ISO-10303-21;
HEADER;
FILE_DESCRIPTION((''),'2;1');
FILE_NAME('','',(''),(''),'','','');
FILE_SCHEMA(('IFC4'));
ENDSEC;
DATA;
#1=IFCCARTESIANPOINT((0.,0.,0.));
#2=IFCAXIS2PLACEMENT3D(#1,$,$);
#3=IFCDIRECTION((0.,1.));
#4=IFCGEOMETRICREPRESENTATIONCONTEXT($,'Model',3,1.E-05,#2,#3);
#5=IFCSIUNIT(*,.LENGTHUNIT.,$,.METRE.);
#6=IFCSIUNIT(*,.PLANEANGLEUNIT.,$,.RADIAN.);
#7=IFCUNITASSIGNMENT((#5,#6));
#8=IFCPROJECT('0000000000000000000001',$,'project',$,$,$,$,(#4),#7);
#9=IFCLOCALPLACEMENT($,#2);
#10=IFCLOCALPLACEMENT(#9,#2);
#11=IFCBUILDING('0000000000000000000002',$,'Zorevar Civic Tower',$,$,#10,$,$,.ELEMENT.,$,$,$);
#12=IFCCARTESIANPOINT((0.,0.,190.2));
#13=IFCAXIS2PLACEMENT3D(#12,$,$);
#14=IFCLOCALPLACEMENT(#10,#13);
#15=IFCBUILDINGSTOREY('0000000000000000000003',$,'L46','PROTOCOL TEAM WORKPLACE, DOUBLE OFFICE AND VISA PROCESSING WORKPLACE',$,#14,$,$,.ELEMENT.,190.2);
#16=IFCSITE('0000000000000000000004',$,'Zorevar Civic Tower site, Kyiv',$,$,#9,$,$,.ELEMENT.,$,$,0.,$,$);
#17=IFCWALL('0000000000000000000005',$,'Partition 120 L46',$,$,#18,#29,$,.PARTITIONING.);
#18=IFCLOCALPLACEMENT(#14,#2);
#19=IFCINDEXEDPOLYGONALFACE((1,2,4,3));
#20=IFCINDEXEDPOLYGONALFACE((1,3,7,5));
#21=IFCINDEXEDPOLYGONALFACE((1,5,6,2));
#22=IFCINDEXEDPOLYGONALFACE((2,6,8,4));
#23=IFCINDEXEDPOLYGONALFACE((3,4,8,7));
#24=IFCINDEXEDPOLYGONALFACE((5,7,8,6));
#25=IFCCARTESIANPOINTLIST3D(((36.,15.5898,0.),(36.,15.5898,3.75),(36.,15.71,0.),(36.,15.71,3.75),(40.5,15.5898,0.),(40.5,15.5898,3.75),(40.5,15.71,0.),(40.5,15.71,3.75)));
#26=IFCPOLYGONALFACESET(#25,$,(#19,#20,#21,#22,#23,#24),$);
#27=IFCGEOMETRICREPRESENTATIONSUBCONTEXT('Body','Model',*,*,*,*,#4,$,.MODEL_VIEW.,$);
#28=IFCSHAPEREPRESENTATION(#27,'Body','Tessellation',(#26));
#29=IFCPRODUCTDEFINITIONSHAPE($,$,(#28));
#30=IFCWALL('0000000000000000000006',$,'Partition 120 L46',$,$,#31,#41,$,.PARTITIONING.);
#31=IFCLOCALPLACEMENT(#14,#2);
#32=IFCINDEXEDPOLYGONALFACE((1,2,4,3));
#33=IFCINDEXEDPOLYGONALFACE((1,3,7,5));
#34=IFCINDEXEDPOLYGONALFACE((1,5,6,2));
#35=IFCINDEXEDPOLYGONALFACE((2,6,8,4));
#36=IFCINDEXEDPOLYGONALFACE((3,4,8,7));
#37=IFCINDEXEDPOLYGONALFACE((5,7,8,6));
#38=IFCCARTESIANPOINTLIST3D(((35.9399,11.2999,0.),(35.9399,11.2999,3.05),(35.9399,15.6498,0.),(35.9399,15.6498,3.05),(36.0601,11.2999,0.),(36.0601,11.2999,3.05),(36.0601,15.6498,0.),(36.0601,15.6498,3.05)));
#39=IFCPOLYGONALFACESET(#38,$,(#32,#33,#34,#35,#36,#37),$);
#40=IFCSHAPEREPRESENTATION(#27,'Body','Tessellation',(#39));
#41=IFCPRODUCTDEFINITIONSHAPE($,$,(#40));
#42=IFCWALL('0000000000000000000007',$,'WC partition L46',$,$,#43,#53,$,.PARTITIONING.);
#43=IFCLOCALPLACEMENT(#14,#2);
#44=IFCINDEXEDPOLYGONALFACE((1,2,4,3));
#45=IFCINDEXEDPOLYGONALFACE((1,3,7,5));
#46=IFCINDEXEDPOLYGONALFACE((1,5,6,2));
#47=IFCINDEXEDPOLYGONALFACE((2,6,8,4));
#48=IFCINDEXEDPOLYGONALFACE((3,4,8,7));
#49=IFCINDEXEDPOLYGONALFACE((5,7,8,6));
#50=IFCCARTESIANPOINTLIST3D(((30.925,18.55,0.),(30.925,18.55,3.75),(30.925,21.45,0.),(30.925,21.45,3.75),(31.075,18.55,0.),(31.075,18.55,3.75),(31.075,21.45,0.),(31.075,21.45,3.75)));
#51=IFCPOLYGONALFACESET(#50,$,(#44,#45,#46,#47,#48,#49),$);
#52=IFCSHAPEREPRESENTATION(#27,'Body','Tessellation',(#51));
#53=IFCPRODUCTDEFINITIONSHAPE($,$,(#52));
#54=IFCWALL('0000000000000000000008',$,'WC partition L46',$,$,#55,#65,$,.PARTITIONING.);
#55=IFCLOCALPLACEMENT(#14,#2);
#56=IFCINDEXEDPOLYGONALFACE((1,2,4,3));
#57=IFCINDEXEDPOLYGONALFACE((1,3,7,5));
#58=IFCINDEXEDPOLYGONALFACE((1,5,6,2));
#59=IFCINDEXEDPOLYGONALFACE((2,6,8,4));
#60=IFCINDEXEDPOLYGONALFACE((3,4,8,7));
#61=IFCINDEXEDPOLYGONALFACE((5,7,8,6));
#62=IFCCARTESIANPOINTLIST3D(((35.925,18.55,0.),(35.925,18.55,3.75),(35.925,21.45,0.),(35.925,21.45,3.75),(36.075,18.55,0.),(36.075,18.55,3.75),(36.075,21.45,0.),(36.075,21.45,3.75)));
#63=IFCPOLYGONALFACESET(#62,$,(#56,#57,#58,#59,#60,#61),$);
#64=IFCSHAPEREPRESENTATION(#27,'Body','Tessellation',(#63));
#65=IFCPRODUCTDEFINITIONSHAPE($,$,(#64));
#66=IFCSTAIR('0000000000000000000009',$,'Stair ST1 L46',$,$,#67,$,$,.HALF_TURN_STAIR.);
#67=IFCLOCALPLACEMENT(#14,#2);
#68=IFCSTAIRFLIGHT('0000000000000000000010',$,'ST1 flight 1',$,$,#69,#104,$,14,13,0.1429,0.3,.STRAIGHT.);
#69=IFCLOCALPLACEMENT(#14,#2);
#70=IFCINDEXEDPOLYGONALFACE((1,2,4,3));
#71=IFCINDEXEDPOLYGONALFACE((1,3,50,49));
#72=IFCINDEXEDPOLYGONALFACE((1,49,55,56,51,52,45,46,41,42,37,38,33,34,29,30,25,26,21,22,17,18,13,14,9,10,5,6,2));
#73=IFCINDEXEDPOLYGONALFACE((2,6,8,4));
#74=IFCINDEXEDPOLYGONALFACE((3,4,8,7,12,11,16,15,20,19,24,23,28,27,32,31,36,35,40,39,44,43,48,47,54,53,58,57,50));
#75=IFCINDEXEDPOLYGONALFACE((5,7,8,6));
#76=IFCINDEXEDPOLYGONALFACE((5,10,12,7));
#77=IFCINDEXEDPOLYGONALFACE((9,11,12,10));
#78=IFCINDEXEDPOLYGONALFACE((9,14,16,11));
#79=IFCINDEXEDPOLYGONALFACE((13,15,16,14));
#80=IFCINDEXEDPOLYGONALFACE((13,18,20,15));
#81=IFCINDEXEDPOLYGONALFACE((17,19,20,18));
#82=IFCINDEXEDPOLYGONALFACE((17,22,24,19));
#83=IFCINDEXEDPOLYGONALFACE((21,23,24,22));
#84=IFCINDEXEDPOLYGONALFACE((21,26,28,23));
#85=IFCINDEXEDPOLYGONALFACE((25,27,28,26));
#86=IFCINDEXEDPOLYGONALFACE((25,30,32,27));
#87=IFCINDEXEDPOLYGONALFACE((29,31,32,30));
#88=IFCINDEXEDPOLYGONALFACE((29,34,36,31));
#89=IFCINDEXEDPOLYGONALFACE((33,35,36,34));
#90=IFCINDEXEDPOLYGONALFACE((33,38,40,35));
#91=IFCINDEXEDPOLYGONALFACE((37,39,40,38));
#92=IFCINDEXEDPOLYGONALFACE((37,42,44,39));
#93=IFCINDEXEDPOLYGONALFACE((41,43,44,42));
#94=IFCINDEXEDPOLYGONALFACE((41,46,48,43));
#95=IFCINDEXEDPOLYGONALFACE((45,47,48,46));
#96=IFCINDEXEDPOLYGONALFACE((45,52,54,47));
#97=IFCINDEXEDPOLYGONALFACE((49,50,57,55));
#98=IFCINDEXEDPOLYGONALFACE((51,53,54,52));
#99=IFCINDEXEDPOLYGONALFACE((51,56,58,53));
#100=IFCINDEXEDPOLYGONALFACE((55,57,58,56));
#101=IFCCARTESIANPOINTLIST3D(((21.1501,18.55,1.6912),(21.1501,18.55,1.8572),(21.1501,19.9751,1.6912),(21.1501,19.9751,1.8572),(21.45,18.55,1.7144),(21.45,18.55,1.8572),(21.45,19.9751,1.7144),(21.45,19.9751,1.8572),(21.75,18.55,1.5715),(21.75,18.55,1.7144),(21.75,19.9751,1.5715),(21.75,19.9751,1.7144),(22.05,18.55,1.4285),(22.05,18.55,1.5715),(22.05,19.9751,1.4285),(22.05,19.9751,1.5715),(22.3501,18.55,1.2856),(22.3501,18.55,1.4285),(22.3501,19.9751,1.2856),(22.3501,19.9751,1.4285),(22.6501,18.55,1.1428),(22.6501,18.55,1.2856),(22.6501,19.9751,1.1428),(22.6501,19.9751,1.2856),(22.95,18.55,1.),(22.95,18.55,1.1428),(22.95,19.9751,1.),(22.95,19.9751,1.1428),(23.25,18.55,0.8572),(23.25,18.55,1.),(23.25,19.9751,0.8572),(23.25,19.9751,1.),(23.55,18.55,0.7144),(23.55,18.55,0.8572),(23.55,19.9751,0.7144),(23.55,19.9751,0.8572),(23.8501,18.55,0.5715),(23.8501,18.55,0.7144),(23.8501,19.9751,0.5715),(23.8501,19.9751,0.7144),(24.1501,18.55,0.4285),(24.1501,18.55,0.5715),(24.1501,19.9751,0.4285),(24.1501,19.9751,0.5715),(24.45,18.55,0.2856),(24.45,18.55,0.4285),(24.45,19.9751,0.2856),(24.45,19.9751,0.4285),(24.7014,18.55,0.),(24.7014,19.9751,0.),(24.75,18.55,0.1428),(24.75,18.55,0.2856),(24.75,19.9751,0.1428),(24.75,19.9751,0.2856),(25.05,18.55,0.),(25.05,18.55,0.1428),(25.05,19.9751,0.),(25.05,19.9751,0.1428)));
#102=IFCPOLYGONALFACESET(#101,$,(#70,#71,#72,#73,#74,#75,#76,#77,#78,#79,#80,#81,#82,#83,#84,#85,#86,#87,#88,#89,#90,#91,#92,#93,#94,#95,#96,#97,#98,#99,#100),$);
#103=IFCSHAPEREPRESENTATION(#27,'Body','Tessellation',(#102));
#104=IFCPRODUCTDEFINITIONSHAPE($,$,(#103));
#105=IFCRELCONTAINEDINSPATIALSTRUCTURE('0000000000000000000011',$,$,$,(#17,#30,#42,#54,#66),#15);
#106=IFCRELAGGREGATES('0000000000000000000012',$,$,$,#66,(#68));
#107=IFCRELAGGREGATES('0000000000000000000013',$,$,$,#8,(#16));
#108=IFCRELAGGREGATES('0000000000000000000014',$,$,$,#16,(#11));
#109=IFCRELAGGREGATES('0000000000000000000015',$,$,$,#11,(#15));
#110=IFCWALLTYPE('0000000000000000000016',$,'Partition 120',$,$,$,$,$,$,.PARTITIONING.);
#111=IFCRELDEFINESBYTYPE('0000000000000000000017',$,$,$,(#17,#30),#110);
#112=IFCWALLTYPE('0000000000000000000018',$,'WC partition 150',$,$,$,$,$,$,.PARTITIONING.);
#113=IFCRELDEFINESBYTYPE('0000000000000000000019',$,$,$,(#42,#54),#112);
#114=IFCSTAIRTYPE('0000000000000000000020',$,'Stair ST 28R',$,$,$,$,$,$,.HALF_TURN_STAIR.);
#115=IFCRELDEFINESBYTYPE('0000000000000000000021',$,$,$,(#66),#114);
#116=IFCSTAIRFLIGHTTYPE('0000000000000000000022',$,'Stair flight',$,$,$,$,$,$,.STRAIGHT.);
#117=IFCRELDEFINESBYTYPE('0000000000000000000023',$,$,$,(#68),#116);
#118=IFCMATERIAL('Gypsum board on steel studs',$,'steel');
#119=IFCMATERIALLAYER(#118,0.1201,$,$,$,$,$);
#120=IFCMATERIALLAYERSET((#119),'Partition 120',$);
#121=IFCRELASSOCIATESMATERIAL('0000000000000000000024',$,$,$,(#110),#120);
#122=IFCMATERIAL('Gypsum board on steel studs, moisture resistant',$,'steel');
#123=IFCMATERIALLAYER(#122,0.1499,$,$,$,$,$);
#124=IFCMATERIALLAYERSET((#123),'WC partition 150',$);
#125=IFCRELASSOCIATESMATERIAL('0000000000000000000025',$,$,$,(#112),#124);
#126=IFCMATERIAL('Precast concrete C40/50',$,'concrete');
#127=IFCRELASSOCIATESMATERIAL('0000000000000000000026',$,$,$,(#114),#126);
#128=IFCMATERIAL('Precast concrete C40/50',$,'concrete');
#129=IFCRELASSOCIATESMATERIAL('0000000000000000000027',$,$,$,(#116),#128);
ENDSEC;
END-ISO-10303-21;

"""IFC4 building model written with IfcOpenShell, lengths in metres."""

from ifc_helpers import new_model, si_unit, direction, frame, frame_2d, origin, place, context, subcontext, project, spatial, polyline, rectangle, outline, extrude, material, layer, layer_set, type_object, element, aggregate, save


model = new_model("IFC4")

# Units and contexts
model_context = context("Model", 3, precision=1e-05, world=origin(), true_north=direction((0.0, 1.0)))
body_context = subcontext(model_context, "Body", "Model", "MODEL_VIEW")
ifc_project = project(units=[si_unit("LENGTHUNIT", "METRE"), si_unit("PLANEANGLEUNIT", "RADIAN")], contexts=[model_context])

# Site, building, storey
site_placement = place(None, origin())
site = spatial("IfcSite", under=ifc_project, at=site_placement, Name="Zorevar Civic Tower site, Kyiv", CompositionType="ELEMENT", RefElevation=0.0)
building_placement = place(site_placement, origin())
building = spatial("IfcBuilding", under=site, at=building_placement, Name="Zorevar Civic Tower", CompositionType="ELEMENT")
storey_placement = place(building_placement, frame((0.0, 0.0, 190.2)))
storey = spatial("IfcBuildingStorey", under=building, at=storey_placement, Name="L46", Description="PROTOCOL TEAM WORKPLACE, DOUBLE OFFICE AND VISA PROCESSING WORKPLACE", CompositionType="ELEMENT", Elevation=190.2)

# Shared definitions
ifc_material_1 = material(Name="Gypsum board on steel studs", Category="steel")
ifc_layer_1 = layer(ifc_material_1, 0.1201)
ifc_layer_set_1 = layer_set([ifc_layer_1], Name="Partition 120")
wall_type_1 = type_object("IfcWallType", Name="Partition 120", PredefinedType="PARTITIONING", material=ifc_layer_set_1)

# Walls
wall_1_placement = place(storey_placement, frame((36.0, 15.6499, 0.0), z_axis=(0.0, 0.0, 1.0), x_axis=(1.0, 0.0, 0.0)))
element("IfcWall", 1, at=wall_1_placement, inside=storey, type_object=wall_type_1, Name="Partition 120 L46", PredefinedType="PARTITIONING", context=body_context, shape_type="SweptSolid", body=[
    extrude(rectangle(XDim=4.5, YDim=0.1201, at=frame_2d((2.25, 0.0))), origin(), (0.0, 0.0, 1.0), 3.75),
])
wall_2_placement = place(storey_placement, frame((36.0, 11.3, 0.0), z_axis=(0.0, 0.0, 1.0), x_axis=(0.0, 1.0, 0.0)))
element("IfcWall", 2, at=wall_2_placement, inside=storey, type_object=wall_type_1, Name="Partition 120 L46", PredefinedType="PARTITIONING", context=body_context, shape_type="SweptSolid", body=[
    extrude(rectangle(XDim=4.3499, YDim=0.1201, at=frame_2d((2.1748, 0.0))), origin(), (0.0, 0.0, 1.0), 3.05),
])
ifc_material_2 = material(Name="Gypsum board on steel studs, moisture resistant", Category="steel")
ifc_layer_2 = layer(ifc_material_2, 0.1499)
ifc_layer_set_2 = layer_set([ifc_layer_2], Name="WC partition 150")
wall_type_2 = type_object("IfcWallType", Name="WC partition 150", PredefinedType="PARTITIONING", material=ifc_layer_set_2)
for number, where, z_axis, x_axis, name in (
    (3, (31.0, 18.55, 0.0), (0.0, 0.0, 1.0), (0.0, 1.0, 0.0), "WC partition L46"),
    (4, (36.0, 18.55, 0.0), (0.0, 0.0, 1.0), (0.0, 1.0, 0.0), "WC partition L46"),
):
    element("IfcWall", number, at=place(storey_placement, frame(where, z_axis=z_axis, x_axis=x_axis)), inside=storey, type_object=wall_type_2, Name=name, PredefinedType="PARTITIONING", context=body_context, shape_type="SweptSolid", body=[
        extrude(rectangle(XDim=2.8999, YDim=0.1499, at=frame_2d((1.45, 0.0))), origin(), (0.0, 0.0, 1.0), 3.75),
    ])

# Stair, stair flight
ifc_material_3 = material(Name="Precast concrete C40/50", Category="concrete")
stair_type = type_object("IfcStairType", Name="Stair ST 28R", PredefinedType="HALF_TURN_STAIR", material=ifc_material_3)
stair_placement = place(storey_placement, origin())
stair = element("IfcStair", 5, at=stair_placement, inside=storey, type_object=stair_type, Name="Stair ST1 L46", PredefinedType="HALF_TURN_STAIR")
ifc_material_4 = material(Name="Precast concrete C40/50", Category="concrete")
stair_flight_type = type_object("IfcStairFlightType", Name="Stair flight", PredefinedType="STRAIGHT", material=ifc_material_4)
stair_flight_placement = place(storey_placement, frame((25.05, 19.2625, 0.0), z_axis=(0.0, 0.0, 1.0), x_axis=(-1.0, 0.0, 0.0)))
stair_flight = element("IfcStairFlight", 6, at=stair_flight_placement, type_object=stair_flight_type, Name="ST1 flight 1", NumberOfRisers=14, NumberOfTreads=13, PredefinedType="STRAIGHT", RiserHeight=0.1429, TreadLength=0.3, context=body_context, shape_type="SweptSolid", body=[
    extrude(outline(polyline([(0.0, 0.0), (0.0, 0.1428), (0.3, 0.1428), (0.3, 0.2856), (0.6001, 0.2856), (0.6001, 0.4285), (0.8999, 0.4285), (0.8999, 0.5715), (1.2, 0.5715), (1.2, 0.7144), (1.5, 0.7144), (1.5, 0.8572), (1.8, 0.8572), (1.8, 1.0), (2.1001, 1.0), (2.1001, 1.1428), (2.3999, 1.1428), (2.3999, 1.2856), (2.7, 1.2856), (2.7, 1.4285), (3.0, 1.4285), (3.0, 1.5715), (3.3, 1.5715), (3.3, 1.7144), (3.6001, 1.7144), (3.6001, 1.8572), (3.8999, 1.8572), (3.8999, 2.0), (3.8999, 1.6912), (0.3486, 0.0), (0.0, 0.0)])), frame((0.0, 0.7124, 0.0), z_axis=(0.0, -1.0, 0.0), x_axis=(1.0, 0.0, 0.0)), (0.0, 0.0, 1.0), 1.425),
])
aggregate(stair, [stair_flight])

save(model, "model.ifc")
